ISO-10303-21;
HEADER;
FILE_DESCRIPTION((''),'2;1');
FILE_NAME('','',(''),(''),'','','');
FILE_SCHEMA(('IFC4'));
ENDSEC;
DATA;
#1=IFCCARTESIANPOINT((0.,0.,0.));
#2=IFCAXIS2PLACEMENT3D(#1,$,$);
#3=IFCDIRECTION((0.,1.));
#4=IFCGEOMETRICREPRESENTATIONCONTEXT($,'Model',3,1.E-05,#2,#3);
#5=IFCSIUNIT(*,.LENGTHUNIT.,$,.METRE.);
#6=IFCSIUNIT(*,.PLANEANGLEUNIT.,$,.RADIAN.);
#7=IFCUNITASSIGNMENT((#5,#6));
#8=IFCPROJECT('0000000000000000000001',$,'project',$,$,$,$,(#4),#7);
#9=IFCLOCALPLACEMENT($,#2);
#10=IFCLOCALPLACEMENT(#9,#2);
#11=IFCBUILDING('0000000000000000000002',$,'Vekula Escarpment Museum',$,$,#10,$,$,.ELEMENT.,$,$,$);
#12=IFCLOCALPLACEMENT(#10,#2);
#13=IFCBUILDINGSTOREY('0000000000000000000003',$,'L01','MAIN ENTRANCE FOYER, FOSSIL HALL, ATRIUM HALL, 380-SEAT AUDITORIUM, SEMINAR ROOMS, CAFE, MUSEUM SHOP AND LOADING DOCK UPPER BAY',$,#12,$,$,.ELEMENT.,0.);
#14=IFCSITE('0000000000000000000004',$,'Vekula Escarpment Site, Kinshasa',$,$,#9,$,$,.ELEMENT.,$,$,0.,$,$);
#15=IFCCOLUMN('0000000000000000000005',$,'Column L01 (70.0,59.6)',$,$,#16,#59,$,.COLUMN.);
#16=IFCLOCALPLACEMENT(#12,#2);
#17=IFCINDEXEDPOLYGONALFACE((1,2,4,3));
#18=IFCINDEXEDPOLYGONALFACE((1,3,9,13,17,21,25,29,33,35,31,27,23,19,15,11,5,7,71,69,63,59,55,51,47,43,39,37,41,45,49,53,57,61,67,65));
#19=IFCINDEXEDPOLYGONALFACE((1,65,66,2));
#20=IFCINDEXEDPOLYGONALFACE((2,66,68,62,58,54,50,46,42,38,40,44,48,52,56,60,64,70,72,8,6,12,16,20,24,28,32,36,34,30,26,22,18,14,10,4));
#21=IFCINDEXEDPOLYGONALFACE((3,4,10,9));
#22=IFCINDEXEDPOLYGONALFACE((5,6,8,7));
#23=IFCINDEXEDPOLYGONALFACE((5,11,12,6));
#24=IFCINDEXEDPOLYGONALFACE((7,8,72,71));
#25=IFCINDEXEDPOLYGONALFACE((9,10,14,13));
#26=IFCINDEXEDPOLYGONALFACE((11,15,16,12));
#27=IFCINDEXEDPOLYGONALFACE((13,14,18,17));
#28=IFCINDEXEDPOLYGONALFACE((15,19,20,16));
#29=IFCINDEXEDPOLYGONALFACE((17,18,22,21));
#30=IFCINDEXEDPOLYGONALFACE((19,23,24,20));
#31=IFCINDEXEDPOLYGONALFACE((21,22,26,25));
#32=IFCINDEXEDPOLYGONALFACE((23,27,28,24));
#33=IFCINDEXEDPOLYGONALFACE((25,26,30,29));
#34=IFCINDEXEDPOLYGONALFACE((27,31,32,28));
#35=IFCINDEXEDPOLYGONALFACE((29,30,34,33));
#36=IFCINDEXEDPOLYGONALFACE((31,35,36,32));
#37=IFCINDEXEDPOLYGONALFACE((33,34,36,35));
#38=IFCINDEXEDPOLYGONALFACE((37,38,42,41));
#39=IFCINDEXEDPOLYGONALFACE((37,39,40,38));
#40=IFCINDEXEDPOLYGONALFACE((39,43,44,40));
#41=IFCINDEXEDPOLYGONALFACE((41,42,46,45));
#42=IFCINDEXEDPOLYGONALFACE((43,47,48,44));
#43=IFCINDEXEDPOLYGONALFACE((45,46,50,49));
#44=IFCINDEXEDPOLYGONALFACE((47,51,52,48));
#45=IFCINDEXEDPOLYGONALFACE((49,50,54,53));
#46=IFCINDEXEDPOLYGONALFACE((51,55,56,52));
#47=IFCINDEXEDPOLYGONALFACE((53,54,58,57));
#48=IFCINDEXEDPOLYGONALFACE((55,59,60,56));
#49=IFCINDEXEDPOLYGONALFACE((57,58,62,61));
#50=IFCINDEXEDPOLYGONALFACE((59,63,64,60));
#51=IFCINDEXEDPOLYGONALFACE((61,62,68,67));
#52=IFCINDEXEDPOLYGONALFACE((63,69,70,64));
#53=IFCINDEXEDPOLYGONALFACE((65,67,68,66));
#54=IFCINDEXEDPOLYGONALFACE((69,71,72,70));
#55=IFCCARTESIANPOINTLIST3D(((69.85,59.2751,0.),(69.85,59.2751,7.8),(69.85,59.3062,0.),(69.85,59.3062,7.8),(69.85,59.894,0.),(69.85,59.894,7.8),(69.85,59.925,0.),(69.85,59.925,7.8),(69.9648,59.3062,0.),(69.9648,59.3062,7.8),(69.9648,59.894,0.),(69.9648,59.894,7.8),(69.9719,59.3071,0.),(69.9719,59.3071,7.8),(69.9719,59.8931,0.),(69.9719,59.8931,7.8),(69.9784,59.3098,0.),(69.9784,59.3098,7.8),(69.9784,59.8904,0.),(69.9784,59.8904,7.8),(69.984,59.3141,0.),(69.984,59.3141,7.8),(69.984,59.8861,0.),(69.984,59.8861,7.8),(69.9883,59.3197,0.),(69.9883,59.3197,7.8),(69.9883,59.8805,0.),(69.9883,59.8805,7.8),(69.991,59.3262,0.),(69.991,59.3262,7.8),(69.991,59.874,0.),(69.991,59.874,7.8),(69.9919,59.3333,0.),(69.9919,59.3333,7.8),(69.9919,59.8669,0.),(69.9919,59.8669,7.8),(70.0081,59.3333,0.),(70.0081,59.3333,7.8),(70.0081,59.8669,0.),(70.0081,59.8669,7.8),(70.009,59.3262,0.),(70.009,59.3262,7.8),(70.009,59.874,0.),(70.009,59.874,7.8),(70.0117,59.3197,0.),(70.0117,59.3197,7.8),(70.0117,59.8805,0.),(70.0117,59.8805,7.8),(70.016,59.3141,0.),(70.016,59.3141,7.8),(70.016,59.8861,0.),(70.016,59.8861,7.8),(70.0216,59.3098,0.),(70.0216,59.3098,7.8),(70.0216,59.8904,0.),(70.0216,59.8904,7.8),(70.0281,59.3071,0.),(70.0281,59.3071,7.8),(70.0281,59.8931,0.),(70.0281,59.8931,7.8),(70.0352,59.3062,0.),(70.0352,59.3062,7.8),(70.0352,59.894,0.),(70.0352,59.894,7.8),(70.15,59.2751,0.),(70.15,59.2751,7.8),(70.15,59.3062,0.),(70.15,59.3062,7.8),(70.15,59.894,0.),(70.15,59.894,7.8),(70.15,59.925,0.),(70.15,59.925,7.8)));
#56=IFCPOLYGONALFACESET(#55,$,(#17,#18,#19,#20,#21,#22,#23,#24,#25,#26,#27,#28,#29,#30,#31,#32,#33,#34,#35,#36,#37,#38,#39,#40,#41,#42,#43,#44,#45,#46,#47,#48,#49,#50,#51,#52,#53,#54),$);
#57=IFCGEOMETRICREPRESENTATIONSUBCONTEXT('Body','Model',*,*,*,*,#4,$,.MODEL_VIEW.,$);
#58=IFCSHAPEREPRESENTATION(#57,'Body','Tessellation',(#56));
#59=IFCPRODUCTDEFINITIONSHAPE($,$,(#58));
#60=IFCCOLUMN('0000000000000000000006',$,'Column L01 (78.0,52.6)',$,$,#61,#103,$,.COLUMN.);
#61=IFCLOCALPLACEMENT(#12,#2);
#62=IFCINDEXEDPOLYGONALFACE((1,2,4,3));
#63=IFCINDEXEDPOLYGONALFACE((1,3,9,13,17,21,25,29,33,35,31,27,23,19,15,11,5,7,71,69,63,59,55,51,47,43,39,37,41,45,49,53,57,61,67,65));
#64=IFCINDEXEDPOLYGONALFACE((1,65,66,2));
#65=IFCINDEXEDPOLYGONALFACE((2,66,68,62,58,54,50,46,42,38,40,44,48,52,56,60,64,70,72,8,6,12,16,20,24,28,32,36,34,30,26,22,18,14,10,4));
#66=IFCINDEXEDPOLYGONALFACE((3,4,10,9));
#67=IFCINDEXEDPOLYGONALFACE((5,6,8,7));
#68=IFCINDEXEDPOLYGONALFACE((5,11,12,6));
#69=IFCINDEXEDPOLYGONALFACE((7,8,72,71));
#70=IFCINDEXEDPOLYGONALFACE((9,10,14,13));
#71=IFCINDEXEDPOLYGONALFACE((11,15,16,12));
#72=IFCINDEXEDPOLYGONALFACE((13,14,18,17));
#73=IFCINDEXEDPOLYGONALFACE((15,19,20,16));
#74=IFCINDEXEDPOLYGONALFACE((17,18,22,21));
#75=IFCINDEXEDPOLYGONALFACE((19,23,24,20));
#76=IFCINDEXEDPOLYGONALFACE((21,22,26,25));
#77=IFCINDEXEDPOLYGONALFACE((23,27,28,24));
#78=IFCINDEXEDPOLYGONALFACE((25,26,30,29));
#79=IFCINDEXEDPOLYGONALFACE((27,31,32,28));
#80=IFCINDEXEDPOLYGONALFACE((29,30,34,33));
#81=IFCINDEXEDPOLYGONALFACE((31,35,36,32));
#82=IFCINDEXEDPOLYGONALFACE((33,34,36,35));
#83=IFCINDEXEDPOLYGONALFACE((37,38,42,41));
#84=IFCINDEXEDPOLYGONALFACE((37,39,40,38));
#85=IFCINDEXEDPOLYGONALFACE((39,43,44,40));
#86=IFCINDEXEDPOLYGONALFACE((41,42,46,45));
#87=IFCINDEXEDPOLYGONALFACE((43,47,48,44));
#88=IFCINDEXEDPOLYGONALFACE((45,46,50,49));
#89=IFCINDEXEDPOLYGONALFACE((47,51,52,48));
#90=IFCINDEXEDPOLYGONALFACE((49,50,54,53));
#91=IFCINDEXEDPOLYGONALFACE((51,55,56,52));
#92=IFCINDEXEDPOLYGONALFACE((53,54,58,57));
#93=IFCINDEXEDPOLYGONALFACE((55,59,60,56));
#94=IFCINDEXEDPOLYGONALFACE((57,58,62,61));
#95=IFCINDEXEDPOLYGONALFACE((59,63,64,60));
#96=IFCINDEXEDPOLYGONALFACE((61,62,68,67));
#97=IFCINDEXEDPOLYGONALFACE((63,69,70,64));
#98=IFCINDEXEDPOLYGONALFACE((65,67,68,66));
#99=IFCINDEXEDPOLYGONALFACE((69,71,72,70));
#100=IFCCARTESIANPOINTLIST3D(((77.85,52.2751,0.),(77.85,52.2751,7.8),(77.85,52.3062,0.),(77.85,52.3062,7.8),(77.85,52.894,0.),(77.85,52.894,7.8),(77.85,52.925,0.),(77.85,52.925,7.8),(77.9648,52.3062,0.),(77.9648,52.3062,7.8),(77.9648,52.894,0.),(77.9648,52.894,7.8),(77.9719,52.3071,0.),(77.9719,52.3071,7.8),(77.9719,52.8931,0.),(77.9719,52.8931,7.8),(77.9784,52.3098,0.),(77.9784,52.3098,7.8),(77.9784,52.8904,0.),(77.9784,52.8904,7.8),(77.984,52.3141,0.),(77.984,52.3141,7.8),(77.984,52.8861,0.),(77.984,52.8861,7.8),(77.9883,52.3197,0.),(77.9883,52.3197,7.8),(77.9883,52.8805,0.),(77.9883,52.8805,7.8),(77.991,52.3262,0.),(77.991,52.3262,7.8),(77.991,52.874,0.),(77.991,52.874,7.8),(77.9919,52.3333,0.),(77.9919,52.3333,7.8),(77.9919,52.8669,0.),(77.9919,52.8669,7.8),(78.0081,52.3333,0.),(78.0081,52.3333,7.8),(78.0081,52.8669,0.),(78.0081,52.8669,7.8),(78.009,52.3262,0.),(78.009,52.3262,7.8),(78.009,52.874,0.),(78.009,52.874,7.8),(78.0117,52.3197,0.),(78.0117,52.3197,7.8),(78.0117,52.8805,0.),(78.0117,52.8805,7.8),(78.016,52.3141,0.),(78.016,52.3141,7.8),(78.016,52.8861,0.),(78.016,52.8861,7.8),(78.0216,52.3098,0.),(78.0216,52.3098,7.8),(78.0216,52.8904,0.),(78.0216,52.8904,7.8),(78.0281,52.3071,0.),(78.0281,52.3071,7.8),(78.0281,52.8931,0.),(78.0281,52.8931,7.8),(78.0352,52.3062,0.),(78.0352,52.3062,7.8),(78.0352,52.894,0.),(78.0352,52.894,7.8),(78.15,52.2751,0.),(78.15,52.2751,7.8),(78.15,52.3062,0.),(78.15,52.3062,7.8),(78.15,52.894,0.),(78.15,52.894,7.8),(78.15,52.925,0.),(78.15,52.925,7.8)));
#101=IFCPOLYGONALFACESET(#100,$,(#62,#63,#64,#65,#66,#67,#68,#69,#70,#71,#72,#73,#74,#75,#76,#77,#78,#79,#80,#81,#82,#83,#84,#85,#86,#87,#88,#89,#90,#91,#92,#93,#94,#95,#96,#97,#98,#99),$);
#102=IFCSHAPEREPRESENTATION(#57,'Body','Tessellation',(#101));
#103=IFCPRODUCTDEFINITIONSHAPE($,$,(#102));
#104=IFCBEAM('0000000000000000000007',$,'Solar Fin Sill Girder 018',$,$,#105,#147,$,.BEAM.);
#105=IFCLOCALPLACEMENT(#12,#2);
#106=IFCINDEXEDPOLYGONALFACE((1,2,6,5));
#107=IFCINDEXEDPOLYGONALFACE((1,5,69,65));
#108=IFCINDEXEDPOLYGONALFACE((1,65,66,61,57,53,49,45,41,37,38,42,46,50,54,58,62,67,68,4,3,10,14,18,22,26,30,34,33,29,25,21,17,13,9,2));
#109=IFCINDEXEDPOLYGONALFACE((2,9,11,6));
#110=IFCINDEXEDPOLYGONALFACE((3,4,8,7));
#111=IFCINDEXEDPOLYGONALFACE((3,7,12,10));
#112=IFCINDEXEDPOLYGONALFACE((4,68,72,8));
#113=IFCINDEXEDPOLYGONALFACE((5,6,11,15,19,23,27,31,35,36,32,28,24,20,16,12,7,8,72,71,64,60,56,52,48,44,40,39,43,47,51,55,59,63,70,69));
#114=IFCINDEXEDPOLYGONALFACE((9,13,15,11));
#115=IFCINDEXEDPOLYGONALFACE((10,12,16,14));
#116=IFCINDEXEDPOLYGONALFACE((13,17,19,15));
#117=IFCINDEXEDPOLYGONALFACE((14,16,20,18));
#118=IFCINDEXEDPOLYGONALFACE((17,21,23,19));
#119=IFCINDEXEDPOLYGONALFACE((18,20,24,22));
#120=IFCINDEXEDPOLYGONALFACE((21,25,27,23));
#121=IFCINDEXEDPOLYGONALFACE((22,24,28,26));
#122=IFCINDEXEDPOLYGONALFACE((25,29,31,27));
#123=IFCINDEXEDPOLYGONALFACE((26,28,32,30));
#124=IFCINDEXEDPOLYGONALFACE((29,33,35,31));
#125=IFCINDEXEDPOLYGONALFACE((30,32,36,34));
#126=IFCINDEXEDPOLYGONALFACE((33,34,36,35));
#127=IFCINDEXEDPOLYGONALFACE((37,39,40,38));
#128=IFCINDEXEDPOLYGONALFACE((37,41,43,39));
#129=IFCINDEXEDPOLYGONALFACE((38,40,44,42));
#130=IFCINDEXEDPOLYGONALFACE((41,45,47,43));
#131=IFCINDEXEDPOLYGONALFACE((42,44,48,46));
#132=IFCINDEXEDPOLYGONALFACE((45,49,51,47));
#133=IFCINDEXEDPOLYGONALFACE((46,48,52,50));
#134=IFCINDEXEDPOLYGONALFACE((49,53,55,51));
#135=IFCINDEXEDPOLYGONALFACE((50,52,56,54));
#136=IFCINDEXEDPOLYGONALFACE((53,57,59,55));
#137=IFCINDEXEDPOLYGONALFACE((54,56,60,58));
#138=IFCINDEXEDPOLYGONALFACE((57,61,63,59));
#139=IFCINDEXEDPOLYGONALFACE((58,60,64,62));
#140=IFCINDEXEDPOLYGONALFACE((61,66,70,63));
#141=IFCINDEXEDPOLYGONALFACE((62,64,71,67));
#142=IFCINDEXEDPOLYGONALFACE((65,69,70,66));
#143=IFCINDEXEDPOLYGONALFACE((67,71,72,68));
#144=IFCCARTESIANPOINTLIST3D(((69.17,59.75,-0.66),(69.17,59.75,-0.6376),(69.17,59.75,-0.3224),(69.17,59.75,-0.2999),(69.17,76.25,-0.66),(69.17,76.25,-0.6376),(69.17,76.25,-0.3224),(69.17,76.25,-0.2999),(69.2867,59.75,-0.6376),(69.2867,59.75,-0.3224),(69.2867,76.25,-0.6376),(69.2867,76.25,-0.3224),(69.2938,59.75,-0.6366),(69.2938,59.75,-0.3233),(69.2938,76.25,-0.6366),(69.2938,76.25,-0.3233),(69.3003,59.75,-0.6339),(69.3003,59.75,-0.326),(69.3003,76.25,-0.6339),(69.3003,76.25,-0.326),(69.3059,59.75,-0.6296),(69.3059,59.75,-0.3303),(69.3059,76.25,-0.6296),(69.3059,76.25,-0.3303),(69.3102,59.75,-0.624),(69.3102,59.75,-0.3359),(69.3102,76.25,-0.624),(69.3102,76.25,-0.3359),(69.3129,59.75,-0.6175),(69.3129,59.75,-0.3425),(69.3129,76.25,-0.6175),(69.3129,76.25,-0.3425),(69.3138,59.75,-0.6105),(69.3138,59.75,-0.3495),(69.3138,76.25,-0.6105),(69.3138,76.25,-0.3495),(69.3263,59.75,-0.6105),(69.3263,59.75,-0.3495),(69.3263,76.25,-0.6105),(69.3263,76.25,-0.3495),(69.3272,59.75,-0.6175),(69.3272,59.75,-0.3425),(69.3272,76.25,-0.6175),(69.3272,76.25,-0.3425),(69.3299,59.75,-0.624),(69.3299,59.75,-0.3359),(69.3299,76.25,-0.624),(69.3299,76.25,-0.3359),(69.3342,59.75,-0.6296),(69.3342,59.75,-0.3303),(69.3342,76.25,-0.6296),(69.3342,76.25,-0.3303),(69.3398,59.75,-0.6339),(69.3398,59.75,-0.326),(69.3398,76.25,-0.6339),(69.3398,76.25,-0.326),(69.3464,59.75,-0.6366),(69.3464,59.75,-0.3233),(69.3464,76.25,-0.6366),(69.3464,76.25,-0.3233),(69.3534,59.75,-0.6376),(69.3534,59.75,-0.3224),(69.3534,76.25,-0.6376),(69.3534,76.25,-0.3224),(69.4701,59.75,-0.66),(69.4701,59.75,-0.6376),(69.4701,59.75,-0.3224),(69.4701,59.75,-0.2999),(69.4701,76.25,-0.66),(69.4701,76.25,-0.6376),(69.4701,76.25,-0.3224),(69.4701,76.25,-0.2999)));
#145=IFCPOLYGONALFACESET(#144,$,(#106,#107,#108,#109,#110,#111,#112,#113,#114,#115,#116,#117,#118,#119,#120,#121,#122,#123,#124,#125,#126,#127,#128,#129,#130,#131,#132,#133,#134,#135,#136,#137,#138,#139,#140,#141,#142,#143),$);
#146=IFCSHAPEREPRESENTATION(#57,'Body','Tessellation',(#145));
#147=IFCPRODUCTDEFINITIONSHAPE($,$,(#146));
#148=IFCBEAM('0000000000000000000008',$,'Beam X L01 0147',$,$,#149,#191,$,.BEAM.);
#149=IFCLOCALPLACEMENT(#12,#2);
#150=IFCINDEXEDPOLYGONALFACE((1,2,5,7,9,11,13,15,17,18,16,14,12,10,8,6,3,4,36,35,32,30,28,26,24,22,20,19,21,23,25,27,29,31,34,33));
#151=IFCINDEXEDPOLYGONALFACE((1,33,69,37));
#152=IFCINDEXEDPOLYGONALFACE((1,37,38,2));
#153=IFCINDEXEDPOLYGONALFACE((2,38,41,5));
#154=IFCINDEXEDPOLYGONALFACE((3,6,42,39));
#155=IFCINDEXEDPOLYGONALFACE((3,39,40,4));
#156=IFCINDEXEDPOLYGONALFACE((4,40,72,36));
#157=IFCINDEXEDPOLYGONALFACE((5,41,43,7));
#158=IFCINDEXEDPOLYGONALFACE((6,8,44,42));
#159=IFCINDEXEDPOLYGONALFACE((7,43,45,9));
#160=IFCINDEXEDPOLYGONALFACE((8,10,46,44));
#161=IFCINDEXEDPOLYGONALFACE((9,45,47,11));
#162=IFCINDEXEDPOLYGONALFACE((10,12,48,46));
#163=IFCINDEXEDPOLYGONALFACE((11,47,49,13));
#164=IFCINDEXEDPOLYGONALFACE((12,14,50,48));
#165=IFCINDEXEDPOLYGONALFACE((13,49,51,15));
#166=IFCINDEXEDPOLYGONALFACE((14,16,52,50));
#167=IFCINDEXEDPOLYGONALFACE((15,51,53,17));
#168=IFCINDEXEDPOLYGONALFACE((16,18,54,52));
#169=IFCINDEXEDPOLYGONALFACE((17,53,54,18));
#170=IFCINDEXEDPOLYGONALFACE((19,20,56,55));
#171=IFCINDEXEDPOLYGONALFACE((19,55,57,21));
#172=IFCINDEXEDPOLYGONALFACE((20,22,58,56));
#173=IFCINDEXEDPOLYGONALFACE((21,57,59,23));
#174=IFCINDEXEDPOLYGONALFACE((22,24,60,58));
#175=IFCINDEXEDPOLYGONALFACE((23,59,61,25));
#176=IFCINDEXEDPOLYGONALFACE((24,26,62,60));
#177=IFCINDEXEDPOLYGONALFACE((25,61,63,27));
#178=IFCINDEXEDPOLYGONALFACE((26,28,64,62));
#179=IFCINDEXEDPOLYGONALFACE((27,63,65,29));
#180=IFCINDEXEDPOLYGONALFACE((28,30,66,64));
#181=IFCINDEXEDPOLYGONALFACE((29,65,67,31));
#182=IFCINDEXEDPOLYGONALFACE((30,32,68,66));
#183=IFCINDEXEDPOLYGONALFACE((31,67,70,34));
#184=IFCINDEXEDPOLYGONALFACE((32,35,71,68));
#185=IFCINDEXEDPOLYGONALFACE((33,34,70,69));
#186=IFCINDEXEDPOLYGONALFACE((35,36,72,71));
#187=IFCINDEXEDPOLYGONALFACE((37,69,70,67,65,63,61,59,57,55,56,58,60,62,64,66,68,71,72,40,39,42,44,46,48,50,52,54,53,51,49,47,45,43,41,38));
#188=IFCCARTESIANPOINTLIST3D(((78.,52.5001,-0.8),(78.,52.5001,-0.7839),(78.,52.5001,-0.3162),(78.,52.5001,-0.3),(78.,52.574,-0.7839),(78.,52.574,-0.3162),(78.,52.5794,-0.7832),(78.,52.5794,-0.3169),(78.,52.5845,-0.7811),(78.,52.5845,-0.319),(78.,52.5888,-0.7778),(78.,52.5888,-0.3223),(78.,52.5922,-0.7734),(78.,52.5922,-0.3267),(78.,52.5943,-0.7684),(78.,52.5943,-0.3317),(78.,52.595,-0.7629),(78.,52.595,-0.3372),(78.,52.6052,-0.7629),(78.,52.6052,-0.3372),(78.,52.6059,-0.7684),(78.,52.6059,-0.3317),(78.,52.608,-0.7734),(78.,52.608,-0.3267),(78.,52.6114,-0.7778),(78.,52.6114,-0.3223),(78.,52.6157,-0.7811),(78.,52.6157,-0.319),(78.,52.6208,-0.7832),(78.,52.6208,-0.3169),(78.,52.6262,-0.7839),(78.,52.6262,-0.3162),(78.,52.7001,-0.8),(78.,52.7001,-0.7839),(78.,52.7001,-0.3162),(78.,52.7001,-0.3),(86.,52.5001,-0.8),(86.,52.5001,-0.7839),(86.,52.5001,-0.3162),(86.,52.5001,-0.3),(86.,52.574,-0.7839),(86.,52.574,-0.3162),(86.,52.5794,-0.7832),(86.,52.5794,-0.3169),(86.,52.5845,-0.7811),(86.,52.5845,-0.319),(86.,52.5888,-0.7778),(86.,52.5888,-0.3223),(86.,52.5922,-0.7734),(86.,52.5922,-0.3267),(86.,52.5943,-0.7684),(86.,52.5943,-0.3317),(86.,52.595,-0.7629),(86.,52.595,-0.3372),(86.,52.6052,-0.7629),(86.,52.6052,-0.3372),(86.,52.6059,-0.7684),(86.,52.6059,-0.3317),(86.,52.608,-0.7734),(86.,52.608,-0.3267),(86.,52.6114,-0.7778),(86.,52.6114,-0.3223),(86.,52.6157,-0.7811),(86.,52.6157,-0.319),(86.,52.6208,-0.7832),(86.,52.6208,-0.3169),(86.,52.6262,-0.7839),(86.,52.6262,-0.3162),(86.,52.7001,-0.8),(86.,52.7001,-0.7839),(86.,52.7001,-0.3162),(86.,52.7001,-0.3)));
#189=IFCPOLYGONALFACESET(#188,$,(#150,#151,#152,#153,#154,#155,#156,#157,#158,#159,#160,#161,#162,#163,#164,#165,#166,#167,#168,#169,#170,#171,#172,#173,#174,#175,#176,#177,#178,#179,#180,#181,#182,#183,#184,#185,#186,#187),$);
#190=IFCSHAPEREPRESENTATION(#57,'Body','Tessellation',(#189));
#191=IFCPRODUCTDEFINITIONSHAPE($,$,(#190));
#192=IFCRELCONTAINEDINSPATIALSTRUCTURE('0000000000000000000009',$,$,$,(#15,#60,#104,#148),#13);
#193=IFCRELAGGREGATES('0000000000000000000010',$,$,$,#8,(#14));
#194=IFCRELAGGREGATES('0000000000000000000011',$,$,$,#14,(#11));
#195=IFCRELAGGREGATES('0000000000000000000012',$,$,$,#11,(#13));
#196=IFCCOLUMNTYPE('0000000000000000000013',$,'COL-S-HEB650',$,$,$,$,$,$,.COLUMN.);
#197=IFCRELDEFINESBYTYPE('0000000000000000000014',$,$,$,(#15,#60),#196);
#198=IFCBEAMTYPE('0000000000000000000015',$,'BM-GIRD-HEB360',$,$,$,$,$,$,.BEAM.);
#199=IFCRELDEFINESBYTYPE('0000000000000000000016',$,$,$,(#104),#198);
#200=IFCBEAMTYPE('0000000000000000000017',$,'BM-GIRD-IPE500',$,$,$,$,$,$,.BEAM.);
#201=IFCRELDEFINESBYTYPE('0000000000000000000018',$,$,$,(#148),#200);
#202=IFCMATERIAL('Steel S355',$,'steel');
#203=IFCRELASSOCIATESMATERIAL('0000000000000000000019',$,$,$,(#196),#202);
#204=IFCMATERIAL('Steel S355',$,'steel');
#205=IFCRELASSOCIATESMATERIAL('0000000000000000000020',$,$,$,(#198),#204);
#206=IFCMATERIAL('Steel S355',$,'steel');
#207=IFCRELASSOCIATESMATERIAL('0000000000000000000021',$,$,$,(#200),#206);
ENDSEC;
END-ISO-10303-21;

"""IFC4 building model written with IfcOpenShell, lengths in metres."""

from ifc_helpers import new_model, si_unit, direction, frame, origin, origin_2d, place, context, subcontext, project, spatial, i_section, extrude, material, material_profile, profile_set, type_object, element, save


model = new_model("IFC4")

# Units and contexts
model_context = context("Model", 3, precision=1e-05, world=origin(), true_north=direction((0.0, 1.0)))
body_context = subcontext(model_context, "Body", "Model", "MODEL_VIEW")
ifc_project = project(units=[si_unit("LENGTHUNIT", "METRE"), si_unit("PLANEANGLEUNIT", "RADIAN")], contexts=[model_context])

# Site, building, storey
site_placement = place(None, origin())
site = spatial("IfcSite", under=ifc_project, at=site_placement, Name="Vekula Escarpment Site, Kinshasa", CompositionType="ELEMENT", RefElevation=0.0)
building_placement = place(site_placement, origin())
building = spatial("IfcBuilding", under=site, at=building_placement, Name="Vekula Escarpment Museum", CompositionType="ELEMENT")
storey_placement = place(building_placement, origin())
storey = spatial("IfcBuildingStorey", under=building, at=storey_placement, Name="L01", Description="MAIN ENTRANCE FOYER, FOSSIL HALL, ATRIUM HALL, 380-SEAT AUDITORIUM, SEMINAR ROOMS, CAFE, MUSEUM SHOP AND LOADING DOCK UPPER BAY", CompositionType="ELEMENT", Elevation=0.0)

# Columns
ifc_material_1 = material(Name="Steel S355", Category="steel")
ifc_material_profile_1 = material_profile(ifc_material_1, i_section(OverallWidth=0.3, OverallDepth=0.6499, WebThickness=0.0161, FlangeThickness=0.031, FilletRadius=0.0271, at=origin_2d()), Name="HEB 650")
ifc_profile_set_1 = profile_set([ifc_material_profile_1], Name="Steel S355")
column_type = type_object("IfcColumnType", Name="COL-S-HEB650", PredefinedType="COLUMN", material=ifc_profile_set_1)
for number, where, z_axis, x_axis, name in (
    (1, (70.0, 59.6001, 0.0), (0.0, 0.0, 1.0), (1.0, 0.0, 0.0), "Column L01 (70.0,59.6)"),
    (2, (78.0, 52.6001, 0.0), (0.0, 0.0, 1.0), (1.0, 0.0, 0.0), "Column L01 (78.0,52.6)"),
):
    element("IfcColumn", number, at=place(storey_placement, frame(where, z_axis=z_axis, x_axis=x_axis)), inside=storey, type_object=column_type, Name=name, PredefinedType="COLUMN", context=body_context, shape_type="SweptSolid", body=[
        extrude(i_section(OverallWidth=0.3, OverallDepth=0.6499, WebThickness=0.0161, FlangeThickness=0.031, FilletRadius=0.0271, at=origin_2d()), origin(), (0.0, 0.0, 1.0), 7.8),
    ])

# Beams
ifc_material_2 = material(Name="Steel S355", Category="steel")
ifc_material_profile_2 = material_profile(ifc_material_2, i_section(OverallWidth=0.3, OverallDepth=0.3601, WebThickness=0.0125, FlangeThickness=0.0225, FilletRadius=0.0271, at=origin_2d()), Name="HEB 360")
ifc_profile_set_2 = profile_set([ifc_material_profile_2], Name="Steel S355")
beam_type_1 = type_object("IfcBeamType", Name="BM-GIRD-HEB360", PredefinedType="BEAM", material=ifc_profile_set_2)
beam_1_placement = place(storey_placement, frame((69.3201, 59.75, -0.48), z_axis=(0.0, 1.0, 0.0), x_axis=(-1.0, 0.0, 0.0)))
element("IfcBeam", 3, at=beam_1_placement, inside=storey, type_object=beam_type_1, Name="Solar Fin Sill Girder 018", PredefinedType="BEAM", context=body_context, shape_type="SweptSolid", body=[
    extrude(i_section(OverallWidth=0.3, OverallDepth=0.3601, WebThickness=0.0125, FlangeThickness=0.0225, FilletRadius=0.0271, at=origin_2d()), origin(), (0.0, 0.0, 1.0), 16.5),
])
ifc_material_3 = material(Name="Steel S355", Category="steel")
ifc_material_profile_3 = material_profile(ifc_material_3, i_section(OverallWidth=0.2, OverallDepth=0.5, WebThickness=0.0103, FlangeThickness=0.0161, FilletRadius=0.021, at=origin_2d()), Name="IPE 500")
ifc_profile_set_3 = profile_set([ifc_material_profile_3], Name="Steel S355")
beam_type_2 = type_object("IfcBeamType", Name="BM-GIRD-IPE500", PredefinedType="BEAM", material=ifc_profile_set_3)
beam_2_placement = place(storey_placement, frame((78.0, 52.6001, -0.55), z_axis=(1.0, 0.0, 0.0), x_axis=(0.0, 1.0, 0.0)))
element("IfcBeam", 4, at=beam_2_placement, inside=storey, type_object=beam_type_2, Name="Beam X L01 0147", PredefinedType="BEAM", context=body_context, shape_type="SweptSolid", body=[
    extrude(i_section(OverallWidth=0.2, OverallDepth=0.5, WebThickness=0.0103, FlangeThickness=0.0161, FilletRadius=0.021, at=origin_2d()), origin(), (0.0, 0.0, 1.0), 8.0),
])

save(model, "model.ifc")
